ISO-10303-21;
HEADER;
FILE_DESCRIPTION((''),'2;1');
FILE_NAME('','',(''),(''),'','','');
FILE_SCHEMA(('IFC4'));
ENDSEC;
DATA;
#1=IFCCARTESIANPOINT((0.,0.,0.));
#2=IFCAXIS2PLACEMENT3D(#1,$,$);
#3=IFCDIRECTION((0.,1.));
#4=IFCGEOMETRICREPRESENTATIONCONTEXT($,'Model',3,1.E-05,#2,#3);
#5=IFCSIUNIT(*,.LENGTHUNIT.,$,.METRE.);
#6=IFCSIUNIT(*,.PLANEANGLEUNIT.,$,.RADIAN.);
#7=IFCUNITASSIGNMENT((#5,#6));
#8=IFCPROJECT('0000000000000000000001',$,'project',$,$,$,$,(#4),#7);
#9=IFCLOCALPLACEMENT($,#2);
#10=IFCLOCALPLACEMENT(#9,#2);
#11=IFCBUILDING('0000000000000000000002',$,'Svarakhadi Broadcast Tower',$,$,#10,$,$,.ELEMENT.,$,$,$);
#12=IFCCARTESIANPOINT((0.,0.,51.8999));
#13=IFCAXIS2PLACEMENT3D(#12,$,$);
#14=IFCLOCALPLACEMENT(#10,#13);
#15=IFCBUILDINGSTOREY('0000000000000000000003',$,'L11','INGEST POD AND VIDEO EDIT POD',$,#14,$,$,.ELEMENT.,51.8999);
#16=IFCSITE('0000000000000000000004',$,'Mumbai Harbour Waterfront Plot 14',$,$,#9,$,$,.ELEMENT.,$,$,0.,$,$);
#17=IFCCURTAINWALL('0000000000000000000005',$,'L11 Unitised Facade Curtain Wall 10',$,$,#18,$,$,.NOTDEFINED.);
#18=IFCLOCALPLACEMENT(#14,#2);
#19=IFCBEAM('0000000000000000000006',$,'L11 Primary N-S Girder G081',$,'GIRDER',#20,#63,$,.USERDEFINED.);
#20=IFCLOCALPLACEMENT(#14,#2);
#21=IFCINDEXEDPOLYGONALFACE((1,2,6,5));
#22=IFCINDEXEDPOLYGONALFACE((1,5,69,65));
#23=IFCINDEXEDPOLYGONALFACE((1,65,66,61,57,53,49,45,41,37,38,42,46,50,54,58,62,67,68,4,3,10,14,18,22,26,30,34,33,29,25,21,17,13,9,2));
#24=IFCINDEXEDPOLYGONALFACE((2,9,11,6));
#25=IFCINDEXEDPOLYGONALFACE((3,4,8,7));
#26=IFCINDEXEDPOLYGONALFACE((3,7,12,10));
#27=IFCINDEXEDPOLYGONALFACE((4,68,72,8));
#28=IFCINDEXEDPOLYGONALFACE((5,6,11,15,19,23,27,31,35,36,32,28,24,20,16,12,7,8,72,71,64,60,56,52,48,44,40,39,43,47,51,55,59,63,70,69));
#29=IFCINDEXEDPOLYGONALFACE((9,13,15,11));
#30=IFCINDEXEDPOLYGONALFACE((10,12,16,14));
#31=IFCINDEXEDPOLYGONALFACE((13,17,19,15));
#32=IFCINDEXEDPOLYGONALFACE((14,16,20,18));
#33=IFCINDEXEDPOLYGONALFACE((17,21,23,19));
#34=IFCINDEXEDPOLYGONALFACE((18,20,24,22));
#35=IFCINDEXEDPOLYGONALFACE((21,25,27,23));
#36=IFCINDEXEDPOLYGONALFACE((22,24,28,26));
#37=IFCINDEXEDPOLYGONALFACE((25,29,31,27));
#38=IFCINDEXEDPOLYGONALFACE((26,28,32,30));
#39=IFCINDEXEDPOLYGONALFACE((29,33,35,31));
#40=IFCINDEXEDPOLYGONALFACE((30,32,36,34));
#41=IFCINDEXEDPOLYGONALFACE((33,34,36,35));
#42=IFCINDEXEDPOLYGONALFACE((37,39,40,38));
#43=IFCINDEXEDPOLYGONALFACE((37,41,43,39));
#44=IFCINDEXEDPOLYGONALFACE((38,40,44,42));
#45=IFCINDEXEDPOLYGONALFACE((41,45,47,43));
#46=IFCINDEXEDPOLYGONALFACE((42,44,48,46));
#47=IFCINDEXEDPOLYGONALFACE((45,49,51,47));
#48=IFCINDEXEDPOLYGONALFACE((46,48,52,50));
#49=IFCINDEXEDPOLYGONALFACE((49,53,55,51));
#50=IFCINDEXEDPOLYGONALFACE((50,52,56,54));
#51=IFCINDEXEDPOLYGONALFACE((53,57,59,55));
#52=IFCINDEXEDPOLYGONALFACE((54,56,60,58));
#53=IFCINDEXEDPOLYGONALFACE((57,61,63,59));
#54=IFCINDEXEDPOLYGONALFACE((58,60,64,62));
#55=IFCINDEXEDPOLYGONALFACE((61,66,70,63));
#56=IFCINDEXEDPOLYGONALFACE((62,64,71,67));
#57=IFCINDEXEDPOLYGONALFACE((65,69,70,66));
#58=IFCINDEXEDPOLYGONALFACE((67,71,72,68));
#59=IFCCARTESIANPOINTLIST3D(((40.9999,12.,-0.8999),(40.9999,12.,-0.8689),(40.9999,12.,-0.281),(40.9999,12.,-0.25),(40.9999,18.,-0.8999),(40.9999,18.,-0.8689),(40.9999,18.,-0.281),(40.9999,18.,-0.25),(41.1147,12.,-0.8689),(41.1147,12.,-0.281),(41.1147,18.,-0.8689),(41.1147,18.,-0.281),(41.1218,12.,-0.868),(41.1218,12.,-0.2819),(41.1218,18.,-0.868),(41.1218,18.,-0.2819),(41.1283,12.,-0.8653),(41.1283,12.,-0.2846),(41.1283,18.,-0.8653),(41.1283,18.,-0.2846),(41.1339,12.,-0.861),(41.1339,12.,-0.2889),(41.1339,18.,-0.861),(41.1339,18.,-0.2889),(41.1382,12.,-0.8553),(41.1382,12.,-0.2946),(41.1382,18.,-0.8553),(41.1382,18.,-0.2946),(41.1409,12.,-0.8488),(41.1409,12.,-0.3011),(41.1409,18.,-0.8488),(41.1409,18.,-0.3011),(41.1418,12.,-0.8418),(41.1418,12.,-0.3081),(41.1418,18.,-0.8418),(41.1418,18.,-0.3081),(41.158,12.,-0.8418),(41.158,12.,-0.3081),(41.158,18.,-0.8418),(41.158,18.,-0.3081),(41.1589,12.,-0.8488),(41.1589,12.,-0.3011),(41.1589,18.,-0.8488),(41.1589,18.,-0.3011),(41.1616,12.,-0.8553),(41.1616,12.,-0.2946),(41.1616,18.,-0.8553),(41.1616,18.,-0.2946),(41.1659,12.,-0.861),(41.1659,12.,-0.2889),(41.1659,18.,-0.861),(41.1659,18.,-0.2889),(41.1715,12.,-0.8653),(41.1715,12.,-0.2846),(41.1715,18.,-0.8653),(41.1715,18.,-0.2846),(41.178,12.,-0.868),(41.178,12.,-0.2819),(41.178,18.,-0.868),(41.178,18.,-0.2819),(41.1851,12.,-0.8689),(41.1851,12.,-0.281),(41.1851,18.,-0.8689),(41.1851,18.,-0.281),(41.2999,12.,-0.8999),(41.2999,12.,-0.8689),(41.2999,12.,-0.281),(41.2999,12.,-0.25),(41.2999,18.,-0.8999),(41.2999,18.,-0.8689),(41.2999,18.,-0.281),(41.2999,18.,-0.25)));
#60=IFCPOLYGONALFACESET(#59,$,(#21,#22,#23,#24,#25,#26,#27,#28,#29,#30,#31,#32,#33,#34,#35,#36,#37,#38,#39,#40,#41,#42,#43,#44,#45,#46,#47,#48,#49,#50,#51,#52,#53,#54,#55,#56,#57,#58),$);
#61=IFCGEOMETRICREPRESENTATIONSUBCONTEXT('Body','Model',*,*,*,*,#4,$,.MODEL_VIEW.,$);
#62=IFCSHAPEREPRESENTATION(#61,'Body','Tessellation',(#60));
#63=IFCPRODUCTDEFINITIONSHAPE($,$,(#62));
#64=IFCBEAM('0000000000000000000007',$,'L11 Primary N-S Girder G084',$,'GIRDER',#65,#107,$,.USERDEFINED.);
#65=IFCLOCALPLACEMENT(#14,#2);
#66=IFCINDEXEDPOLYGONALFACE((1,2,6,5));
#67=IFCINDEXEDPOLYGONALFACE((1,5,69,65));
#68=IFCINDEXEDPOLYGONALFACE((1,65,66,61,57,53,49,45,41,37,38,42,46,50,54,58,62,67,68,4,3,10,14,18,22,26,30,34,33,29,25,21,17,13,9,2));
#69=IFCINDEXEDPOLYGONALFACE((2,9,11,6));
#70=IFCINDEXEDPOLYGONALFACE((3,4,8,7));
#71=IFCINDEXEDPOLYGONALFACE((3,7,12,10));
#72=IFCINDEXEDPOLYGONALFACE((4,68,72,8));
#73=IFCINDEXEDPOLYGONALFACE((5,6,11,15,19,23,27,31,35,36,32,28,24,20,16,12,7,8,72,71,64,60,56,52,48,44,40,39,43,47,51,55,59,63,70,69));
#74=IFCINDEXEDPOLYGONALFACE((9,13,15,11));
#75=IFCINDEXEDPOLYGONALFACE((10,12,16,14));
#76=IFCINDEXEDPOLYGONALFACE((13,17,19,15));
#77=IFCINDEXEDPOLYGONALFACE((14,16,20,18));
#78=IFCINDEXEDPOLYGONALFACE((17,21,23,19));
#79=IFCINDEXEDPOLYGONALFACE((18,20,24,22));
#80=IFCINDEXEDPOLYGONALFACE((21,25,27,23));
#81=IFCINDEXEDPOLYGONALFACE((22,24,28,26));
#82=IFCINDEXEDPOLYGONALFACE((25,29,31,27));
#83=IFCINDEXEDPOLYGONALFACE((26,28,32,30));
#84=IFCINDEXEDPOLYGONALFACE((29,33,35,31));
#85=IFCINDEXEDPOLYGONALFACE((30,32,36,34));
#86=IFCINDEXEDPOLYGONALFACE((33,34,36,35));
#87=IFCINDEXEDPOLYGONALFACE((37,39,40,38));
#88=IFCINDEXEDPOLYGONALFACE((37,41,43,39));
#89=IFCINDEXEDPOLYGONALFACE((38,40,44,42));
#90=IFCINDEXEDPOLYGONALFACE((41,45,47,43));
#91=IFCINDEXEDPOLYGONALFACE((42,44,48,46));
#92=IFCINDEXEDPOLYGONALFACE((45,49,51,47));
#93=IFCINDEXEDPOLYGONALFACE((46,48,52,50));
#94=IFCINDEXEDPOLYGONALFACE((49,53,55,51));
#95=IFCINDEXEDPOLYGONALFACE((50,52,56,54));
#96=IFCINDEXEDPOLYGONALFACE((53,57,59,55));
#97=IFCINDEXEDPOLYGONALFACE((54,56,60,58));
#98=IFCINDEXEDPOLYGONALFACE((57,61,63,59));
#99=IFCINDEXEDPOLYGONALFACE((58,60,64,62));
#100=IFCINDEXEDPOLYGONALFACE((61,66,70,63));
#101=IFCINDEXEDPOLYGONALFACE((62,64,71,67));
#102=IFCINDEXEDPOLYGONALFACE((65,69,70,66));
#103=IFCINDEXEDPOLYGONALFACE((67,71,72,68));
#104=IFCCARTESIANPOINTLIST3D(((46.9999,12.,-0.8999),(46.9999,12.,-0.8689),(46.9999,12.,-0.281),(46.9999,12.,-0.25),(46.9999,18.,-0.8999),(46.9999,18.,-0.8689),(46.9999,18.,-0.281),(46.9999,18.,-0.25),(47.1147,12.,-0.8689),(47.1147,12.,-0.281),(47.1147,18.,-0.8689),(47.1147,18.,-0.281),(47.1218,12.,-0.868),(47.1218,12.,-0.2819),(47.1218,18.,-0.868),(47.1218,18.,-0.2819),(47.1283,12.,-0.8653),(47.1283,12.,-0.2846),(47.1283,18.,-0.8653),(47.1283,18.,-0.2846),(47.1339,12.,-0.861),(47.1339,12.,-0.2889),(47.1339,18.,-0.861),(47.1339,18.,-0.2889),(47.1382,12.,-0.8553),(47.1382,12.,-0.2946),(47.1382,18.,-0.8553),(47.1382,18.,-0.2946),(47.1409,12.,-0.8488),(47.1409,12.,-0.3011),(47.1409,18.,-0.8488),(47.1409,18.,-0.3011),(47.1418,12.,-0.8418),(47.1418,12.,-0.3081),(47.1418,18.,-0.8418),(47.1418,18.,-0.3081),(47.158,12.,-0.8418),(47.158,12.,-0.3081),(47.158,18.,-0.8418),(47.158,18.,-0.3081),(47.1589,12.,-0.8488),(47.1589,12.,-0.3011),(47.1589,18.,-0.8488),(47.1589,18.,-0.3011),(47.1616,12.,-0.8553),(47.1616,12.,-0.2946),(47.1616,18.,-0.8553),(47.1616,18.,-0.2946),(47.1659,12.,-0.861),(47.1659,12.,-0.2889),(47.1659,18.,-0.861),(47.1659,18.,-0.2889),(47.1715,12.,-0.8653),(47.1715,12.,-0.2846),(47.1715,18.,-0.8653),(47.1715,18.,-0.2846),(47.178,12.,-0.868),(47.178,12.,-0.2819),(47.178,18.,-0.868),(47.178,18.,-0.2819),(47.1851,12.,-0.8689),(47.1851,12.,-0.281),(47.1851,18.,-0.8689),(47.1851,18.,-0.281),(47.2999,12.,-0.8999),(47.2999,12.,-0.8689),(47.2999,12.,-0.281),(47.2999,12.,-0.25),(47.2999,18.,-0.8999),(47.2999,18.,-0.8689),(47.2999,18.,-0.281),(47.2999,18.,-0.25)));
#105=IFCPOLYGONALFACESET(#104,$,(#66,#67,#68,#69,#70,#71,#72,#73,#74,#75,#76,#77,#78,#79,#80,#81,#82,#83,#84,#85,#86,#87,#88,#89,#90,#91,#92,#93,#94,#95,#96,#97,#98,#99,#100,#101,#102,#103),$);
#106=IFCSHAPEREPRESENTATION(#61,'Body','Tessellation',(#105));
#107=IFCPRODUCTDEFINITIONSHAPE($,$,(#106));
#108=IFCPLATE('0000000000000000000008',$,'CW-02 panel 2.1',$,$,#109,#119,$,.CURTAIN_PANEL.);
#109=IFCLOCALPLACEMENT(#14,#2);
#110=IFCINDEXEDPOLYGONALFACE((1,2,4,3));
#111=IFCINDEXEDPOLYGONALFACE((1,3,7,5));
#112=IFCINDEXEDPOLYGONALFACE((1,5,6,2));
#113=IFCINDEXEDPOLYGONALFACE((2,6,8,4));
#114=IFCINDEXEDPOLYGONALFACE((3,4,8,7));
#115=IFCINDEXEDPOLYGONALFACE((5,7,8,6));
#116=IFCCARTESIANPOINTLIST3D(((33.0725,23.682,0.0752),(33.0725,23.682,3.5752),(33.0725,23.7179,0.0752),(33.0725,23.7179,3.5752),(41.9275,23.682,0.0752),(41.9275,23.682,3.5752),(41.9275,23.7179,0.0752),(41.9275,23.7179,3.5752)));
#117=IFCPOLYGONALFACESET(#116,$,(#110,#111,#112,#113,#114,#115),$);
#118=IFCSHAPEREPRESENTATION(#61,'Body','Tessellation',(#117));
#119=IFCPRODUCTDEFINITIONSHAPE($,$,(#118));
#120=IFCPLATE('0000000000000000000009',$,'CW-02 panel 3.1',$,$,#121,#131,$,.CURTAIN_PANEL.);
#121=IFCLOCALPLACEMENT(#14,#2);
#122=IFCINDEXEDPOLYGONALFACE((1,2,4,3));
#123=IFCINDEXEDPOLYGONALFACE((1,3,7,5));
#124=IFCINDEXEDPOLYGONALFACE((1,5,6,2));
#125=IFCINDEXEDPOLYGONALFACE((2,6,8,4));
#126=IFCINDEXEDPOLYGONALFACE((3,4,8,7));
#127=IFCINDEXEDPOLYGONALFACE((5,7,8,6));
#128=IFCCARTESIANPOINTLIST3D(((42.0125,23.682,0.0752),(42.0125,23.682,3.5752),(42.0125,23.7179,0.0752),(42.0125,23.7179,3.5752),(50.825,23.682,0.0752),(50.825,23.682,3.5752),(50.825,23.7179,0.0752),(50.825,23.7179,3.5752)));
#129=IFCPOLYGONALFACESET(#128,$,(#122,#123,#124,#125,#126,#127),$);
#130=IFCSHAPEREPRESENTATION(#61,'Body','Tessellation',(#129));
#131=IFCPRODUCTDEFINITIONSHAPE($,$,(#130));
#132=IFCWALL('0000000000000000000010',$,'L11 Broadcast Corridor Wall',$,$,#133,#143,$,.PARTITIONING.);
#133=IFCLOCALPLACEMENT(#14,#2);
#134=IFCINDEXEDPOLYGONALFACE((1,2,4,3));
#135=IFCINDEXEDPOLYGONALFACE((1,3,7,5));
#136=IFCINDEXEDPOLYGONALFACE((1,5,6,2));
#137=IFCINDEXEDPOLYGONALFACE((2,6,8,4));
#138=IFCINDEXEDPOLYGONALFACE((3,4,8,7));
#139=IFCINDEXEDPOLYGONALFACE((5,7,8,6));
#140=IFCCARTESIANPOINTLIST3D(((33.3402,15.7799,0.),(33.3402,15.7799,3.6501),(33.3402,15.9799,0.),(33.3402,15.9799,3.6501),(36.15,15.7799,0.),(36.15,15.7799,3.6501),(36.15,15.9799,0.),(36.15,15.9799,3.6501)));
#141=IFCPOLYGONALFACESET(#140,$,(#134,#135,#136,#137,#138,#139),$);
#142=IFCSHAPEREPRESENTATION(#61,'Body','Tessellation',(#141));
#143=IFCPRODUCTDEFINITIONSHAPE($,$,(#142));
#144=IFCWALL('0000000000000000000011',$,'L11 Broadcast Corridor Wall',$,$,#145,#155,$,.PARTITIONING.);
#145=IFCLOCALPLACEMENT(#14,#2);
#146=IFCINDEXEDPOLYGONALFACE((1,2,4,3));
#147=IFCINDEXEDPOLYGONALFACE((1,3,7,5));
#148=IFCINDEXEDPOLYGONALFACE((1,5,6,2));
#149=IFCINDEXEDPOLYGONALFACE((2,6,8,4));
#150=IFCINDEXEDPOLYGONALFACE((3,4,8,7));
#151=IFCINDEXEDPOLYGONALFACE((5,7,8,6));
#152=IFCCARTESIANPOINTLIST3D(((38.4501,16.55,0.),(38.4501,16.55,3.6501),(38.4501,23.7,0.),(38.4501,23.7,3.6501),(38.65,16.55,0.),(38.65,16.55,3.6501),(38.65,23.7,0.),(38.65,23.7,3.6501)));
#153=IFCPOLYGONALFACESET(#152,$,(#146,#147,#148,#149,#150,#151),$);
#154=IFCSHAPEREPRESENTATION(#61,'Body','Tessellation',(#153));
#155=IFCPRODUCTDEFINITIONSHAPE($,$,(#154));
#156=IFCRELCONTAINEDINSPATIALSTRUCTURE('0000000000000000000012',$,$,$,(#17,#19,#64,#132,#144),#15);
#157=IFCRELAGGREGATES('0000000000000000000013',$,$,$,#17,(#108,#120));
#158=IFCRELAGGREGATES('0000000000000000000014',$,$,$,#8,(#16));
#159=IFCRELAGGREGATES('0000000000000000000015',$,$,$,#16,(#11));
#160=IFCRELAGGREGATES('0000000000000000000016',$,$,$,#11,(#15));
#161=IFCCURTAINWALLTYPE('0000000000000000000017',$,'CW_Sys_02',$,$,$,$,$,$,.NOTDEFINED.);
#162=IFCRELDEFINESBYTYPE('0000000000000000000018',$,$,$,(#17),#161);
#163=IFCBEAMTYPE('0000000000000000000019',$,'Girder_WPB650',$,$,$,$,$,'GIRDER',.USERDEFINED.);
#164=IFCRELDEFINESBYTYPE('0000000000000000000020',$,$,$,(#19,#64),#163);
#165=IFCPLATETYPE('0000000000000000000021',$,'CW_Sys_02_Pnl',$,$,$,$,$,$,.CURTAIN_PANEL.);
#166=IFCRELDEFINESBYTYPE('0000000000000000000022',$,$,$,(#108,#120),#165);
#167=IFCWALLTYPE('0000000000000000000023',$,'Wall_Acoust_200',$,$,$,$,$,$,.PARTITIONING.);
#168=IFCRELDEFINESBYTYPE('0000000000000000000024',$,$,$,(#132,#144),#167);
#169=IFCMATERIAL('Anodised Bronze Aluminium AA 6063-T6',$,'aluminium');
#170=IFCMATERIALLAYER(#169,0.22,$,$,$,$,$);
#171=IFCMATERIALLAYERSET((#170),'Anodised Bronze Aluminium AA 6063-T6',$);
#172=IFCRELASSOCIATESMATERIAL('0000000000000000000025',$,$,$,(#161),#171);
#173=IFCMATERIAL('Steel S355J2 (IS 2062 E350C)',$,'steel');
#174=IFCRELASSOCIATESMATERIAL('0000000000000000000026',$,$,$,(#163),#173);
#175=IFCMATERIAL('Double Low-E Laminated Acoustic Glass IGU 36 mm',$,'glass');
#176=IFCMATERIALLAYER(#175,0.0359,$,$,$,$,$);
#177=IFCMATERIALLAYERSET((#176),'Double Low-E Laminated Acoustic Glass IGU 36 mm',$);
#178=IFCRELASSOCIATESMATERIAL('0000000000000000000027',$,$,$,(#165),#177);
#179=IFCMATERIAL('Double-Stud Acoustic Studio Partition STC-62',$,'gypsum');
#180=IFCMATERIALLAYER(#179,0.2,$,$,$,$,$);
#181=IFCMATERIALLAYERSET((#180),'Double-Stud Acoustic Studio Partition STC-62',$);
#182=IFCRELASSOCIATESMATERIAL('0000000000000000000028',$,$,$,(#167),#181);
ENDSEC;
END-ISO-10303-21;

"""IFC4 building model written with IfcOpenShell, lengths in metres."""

from ifc_helpers import new_model, si_unit, direction, frame, frame_2d, origin, origin_2d, place, context, subcontext, project, spatial, rectangle, i_section, extrude, material, layer, layer_set, material_profile, profile_set, type_object, element, aggregate, save


model = new_model("IFC4")

# Units and contexts
model_context = context("Model", 3, precision=1e-05, world=origin(), true_north=direction((0.0, 1.0)))
body_context = subcontext(model_context, "Body", "Model", "MODEL_VIEW")
ifc_project = project(units=[si_unit("LENGTHUNIT", "METRE"), si_unit("PLANEANGLEUNIT", "RADIAN")], contexts=[model_context])

# Site, building, storey
site_placement = place(None, origin())
site = spatial("IfcSite", under=ifc_project, at=site_placement, Name="Mumbai Harbour Waterfront Plot 14", CompositionType="ELEMENT", RefElevation=0.0)
building_placement = place(site_placement, origin())
building = spatial("IfcBuilding", under=site, at=building_placement, Name="Svarakhadi Broadcast Tower", CompositionType="ELEMENT")
storey_placement = place(building_placement, frame((0.0, 0.0, 51.8999)))
storey = spatial("IfcBuildingStorey", under=building, at=storey_placement, Name="L11", Description="INGEST POD AND VIDEO EDIT POD", CompositionType="ELEMENT", Elevation=51.8999)

# Shared definitions
ifc_material_1 = material(Name="Steel S355J2 (IS 2062 E350C)", Category="steel")

# Curtain wall
ifc_material_2 = material(Name="Anodised Bronze Aluminium AA 6063-T6", Category="aluminium")
ifc_layer_1 = layer(ifc_material_2, 0.22)
ifc_layer_set_1 = layer_set([ifc_layer_1], Name="Anodised Bronze Aluminium AA 6063-T6")
curtain_wall_type = type_object("IfcCurtainWallType", Name="CW_Sys_02", PredefinedType="NOTDEFINED", material=ifc_layer_set_1)
curtain_wall_1_placement = place(storey_placement, origin())
curtain_wall_1 = element("IfcCurtainWall", 1, at=curtain_wall_1_placement, inside=storey, type_object=curtain_wall_type, Name="L11 Unitised Facade Curtain Wall 10", PredefinedType="NOTDEFINED")

# Beams
ifc_material_profile_1 = material_profile(ifc_material_1, i_section(OverallWidth=0.3, OverallDepth=0.6499, WebThickness=0.0161, FlangeThickness=0.031, FilletRadius=0.0271, at=origin_2d()), Name="WPB 650x300x225")
ifc_profile_set_1 = profile_set([ifc_material_profile_1], Name="Steel S355J2 (IS 2062 E350C)")
beam_type_1 = type_object("IfcBeamType", Name="Girder_WPB650", ElementType="GIRDER", PredefinedType="USERDEFINED", material=ifc_profile_set_1)
for number, where, z_axis, x_axis, name in (
    (2, (41.1499, 12.0, -0.575), (0.0, 1.0, 0.0), (-1.0, 0.0, 0.0), "L11 Primary N-S Girder G081"),
    (3, (47.1499, 12.0, -0.575), (0.0, 1.0, 0.0), (-1.0, 0.0, 0.0), "L11 Primary N-S Girder G084"),
):
    element("IfcBeam", number, at=place(storey_placement, frame(where, z_axis=z_axis, x_axis=x_axis)), inside=storey, type_object=beam_type_1, Name=name, ObjectType="GIRDER", PredefinedType="USERDEFINED", context=body_context, shape_type="SweptSolid", body=[
        extrude(i_section(OverallWidth=0.3, OverallDepth=0.6499, WebThickness=0.0161, FlangeThickness=0.031, FilletRadius=0.0271, at=origin_2d()), origin(), (0.0, 0.0, 1.0), 6.0),
    ])

# Plates
ifc_material_3 = material(Name="Double Low-E Laminated Acoustic Glass IGU 36 mm", Category="glass")
ifc_layer_2 = layer(ifc_material_3, 0.0359)
ifc_layer_set_2 = layer_set([ifc_layer_2], Name="Double Low-E Laminated Acoustic Glass IGU 36 mm")
plate_type = type_object("IfcPlateType", Name="CW_Sys_02_Pnl", PredefinedType="CURTAIN_PANEL", material=ifc_layer_set_2)
plate_1_placement = place(storey_placement, frame((37.5, 23.7, 0.0752), z_axis=(0.0, 0.0, 1.0), x_axis=(1.0, 0.0, 0.0)))
plate_1 = element("IfcPlate", 4, at=plate_1_placement, type_object=plate_type, Name="CW-02 panel 2.1", PredefinedType="CURTAIN_PANEL", context=body_context, shape_type="SweptSolid", body=[
    extrude(rectangle(XDim=8.855, YDim=0.0359, at=origin_2d()), origin(), (0.0, 0.0, 1.0), 3.5),
])
plate_2_placement = place(storey_placement, frame((46.4187, 23.7, 0.0752), z_axis=(0.0, 0.0, 1.0), x_axis=(1.0, 0.0, 0.0)))
plate_2 = element("IfcPlate", 5, at=plate_2_placement, type_object=plate_type, Name="CW-02 panel 3.1", PredefinedType="CURTAIN_PANEL", context=body_context, shape_type="SweptSolid", body=[
    extrude(rectangle(XDim=8.8125, YDim=0.0359, at=origin_2d()), origin(), (0.0, 0.0, 1.0), 3.5),
])
aggregate(curtain_wall_1, [plate_1, plate_2])

# Walls
ifc_material_4 = material(Name="Double-Stud Acoustic Studio Partition STC-62", Category="gypsum")
ifc_layer_3 = layer(ifc_material_4, 0.2)
ifc_layer_set_3 = layer_set([ifc_layer_3], Name="Double-Stud Acoustic Studio Partition STC-62")
wall_type_1 = type_object("IfcWallType", Name="Wall_Acoust_200", PredefinedType="PARTITIONING", material=ifc_layer_set_3)
wall_1_placement = place(storey_placement, frame((36.1499, 15.8799, 0.0), z_axis=(0.0, 0.0, 1.0), x_axis=(-1.0, 0.0, 0.0)))
element("IfcWall", 6, at=wall_1_placement, inside=storey, type_object=wall_type_1, Name="L11 Broadcast Corridor Wall", PredefinedType="PARTITIONING", context=body_context, shape_type="SweptSolid", body=[
    extrude(rectangle(XDim=2.8098, YDim=0.2, at=frame_2d((1.4048, 0.0))), origin(), (0.0, 0.0, 1.0), 3.6501),
])
wall_2_placement = place(storey_placement, frame((38.55, 23.7, 0.0), z_axis=(0.0, 0.0, 1.0), x_axis=(0.0, -1.0, 0.0)))
element("IfcWall", 7, at=wall_2_placement, inside=storey, type_object=wall_type_1, Name="L11 Broadcast Corridor Wall", PredefinedType="PARTITIONING", context=body_context, shape_type="SweptSolid", body=[
    extrude(rectangle(XDim=7.1499, YDim=0.2, at=frame_2d((3.575, 0.0))), origin(), (0.0, 0.0, 1.0), 3.6501),
])

save(model, "model.ifc")
